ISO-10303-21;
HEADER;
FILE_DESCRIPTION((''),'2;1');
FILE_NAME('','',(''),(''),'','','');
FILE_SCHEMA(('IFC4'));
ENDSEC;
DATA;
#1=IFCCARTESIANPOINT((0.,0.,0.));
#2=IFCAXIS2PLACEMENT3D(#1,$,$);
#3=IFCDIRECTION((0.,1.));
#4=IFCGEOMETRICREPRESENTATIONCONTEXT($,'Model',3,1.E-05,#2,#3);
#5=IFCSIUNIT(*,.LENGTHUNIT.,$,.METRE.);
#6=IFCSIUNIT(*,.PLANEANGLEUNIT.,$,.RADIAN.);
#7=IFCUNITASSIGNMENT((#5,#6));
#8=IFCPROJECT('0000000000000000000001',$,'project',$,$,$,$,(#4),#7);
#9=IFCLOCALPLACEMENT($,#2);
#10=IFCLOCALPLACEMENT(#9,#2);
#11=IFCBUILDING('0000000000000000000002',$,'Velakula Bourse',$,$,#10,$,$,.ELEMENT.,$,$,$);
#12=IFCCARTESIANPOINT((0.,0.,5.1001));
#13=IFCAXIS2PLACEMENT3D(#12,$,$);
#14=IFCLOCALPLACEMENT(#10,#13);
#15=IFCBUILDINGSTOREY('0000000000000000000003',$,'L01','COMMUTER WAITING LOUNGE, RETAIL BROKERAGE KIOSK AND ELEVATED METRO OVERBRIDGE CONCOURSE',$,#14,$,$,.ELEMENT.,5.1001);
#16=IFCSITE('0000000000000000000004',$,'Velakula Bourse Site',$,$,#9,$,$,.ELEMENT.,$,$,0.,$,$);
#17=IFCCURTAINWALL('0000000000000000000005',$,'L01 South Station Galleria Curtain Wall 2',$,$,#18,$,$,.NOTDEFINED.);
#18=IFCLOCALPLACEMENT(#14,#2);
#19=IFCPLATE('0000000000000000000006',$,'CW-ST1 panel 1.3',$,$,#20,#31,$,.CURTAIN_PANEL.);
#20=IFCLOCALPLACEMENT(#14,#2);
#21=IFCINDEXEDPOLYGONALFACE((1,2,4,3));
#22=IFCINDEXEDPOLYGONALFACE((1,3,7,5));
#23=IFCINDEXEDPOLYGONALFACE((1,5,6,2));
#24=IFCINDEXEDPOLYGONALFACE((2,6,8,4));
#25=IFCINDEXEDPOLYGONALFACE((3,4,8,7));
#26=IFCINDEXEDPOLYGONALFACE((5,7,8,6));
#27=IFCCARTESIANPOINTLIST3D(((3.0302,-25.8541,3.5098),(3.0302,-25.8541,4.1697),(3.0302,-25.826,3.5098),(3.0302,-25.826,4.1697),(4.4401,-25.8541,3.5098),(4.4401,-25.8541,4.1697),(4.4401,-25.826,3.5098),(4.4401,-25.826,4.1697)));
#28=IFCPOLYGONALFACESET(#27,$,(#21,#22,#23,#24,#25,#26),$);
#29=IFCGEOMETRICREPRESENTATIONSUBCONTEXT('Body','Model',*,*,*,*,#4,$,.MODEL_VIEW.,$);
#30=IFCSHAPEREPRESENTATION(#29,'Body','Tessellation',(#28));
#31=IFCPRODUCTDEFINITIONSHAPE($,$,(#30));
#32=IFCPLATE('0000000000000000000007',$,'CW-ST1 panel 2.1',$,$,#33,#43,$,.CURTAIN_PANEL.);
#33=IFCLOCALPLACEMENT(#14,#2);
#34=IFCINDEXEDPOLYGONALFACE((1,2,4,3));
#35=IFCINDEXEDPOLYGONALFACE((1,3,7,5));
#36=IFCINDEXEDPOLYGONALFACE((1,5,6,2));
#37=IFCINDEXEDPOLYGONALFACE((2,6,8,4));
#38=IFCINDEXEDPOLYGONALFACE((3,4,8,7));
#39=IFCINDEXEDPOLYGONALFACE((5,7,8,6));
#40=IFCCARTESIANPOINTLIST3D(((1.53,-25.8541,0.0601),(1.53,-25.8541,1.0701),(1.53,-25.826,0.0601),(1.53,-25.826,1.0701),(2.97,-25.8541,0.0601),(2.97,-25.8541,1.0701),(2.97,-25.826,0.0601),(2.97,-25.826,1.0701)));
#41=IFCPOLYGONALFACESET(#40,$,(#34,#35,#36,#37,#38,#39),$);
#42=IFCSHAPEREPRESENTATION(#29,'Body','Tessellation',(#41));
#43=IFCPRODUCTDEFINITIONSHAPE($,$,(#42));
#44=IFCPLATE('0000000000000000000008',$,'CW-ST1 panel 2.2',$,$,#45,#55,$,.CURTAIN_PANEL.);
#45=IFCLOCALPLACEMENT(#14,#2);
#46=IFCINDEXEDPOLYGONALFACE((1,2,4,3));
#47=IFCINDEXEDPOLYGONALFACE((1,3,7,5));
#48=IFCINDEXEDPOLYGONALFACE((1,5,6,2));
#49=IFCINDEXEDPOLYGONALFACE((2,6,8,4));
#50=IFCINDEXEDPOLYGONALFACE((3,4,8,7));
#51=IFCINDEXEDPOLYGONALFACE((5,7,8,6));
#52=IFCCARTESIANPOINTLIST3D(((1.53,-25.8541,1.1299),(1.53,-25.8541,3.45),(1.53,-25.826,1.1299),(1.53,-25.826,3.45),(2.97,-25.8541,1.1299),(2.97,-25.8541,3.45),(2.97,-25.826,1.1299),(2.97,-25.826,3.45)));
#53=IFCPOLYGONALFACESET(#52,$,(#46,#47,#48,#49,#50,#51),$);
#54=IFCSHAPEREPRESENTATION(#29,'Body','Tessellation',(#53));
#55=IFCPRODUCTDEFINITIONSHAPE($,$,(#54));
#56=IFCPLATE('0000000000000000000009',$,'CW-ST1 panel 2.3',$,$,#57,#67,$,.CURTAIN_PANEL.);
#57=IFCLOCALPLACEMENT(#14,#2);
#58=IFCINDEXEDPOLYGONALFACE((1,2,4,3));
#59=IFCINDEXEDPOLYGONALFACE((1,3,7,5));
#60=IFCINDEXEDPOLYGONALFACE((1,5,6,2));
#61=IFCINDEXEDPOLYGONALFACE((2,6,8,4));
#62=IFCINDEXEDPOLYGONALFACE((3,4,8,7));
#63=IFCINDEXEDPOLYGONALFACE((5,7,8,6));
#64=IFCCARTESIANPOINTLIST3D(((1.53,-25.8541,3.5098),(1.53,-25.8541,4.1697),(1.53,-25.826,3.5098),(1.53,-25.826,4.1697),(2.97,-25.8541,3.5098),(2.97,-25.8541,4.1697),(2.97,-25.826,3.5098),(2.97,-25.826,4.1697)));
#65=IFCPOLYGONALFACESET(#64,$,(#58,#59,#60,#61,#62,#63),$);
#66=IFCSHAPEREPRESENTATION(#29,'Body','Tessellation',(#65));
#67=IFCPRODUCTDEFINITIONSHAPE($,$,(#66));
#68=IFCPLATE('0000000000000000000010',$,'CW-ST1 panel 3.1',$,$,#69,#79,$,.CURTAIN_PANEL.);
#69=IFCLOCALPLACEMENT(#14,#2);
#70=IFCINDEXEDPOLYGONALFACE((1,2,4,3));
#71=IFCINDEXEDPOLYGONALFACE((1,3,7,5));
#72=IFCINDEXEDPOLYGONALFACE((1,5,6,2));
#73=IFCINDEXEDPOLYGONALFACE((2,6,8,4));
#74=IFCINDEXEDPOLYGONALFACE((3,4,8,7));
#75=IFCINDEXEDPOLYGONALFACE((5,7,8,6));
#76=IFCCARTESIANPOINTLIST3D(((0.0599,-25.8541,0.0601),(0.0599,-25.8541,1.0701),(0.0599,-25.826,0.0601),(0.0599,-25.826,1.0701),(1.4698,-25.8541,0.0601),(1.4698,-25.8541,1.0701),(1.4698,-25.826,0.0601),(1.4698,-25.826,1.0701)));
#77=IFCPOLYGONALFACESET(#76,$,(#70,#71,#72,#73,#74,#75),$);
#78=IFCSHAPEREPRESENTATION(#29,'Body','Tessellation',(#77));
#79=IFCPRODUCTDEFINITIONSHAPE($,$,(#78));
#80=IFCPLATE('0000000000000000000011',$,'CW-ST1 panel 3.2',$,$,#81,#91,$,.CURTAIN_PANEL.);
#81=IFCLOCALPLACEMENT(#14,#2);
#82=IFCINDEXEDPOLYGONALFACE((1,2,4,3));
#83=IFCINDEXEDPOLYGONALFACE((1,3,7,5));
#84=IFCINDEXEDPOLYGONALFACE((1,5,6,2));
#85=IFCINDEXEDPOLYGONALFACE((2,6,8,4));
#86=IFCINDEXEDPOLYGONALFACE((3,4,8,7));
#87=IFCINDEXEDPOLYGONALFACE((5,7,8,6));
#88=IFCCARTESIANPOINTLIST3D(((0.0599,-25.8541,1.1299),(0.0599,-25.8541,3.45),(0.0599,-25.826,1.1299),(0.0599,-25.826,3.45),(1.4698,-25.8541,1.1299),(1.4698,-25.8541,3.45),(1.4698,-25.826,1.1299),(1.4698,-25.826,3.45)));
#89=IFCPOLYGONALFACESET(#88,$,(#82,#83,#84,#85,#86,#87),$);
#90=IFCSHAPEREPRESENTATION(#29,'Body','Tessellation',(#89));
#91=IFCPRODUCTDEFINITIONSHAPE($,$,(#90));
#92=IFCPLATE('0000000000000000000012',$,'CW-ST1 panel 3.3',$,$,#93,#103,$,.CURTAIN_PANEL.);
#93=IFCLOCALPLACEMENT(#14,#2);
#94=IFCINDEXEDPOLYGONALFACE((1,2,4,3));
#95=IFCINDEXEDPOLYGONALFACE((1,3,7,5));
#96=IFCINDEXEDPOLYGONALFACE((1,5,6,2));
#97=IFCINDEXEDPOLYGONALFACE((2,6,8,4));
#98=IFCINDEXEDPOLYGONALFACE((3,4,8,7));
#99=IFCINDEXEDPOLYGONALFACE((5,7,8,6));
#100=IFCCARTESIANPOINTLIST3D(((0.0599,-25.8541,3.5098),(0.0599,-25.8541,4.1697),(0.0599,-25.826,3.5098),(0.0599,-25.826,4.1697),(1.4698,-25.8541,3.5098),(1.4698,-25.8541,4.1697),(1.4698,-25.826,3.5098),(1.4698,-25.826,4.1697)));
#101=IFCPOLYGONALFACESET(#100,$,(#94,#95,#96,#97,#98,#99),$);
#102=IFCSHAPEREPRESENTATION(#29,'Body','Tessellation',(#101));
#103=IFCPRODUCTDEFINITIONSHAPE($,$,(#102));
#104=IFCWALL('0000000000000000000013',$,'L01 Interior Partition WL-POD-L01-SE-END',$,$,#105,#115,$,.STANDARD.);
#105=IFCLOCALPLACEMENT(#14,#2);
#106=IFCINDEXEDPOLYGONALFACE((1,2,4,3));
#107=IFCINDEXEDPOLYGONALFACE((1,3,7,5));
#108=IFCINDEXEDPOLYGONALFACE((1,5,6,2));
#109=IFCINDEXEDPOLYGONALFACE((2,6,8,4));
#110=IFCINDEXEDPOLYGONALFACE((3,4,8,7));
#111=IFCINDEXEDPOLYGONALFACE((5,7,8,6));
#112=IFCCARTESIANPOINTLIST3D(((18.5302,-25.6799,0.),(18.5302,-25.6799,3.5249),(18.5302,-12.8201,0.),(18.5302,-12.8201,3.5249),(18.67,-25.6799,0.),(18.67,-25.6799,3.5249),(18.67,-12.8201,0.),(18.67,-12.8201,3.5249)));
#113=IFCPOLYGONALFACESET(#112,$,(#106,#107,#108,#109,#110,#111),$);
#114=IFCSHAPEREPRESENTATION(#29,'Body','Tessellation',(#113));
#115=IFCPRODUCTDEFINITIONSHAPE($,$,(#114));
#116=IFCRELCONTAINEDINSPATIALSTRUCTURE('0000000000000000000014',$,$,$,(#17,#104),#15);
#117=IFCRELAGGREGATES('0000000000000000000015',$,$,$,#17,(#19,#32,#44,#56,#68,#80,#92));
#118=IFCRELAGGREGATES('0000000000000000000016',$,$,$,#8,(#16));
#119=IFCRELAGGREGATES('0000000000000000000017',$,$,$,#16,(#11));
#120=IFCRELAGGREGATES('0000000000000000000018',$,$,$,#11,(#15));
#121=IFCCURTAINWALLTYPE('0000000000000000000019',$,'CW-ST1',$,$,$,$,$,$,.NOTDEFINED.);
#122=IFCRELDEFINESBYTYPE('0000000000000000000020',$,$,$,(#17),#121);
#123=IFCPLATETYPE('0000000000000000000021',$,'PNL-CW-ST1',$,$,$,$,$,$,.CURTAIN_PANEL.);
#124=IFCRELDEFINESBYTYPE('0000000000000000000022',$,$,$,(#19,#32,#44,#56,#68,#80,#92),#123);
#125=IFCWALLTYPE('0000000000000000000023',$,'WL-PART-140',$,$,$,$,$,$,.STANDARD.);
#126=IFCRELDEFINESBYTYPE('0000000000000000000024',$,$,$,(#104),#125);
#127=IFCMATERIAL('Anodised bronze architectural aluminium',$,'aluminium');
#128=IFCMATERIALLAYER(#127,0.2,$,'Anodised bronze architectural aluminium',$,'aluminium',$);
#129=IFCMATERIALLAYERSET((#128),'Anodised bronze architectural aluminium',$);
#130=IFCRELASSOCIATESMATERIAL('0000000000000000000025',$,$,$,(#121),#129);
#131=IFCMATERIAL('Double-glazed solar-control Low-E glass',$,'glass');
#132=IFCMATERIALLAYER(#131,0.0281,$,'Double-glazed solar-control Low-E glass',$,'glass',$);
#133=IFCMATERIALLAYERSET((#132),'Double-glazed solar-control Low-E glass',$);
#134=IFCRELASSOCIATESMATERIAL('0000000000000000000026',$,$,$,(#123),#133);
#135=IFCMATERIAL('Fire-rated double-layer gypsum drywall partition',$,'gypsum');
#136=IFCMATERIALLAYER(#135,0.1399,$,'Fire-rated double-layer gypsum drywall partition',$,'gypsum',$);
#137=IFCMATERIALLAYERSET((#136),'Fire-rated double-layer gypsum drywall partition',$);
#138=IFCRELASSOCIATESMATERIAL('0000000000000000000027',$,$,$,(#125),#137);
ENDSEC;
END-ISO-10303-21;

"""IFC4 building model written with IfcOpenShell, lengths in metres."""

from ifc_helpers import new_model, si_unit, direction, frame, frame_2d, origin, origin_2d, place, context, subcontext, project, spatial, rectangle, extrude, material, layer, layer_set, type_object, element, aggregate, save


model = new_model("IFC4")

# Units and contexts
model_context = context("Model", 3, precision=1e-05, world=origin(), true_north=direction((0.0, 1.0)))
body_context = subcontext(model_context, "Body", "Model", "MODEL_VIEW")
ifc_project = project(units=[si_unit("LENGTHUNIT", "METRE"), si_unit("PLANEANGLEUNIT", "RADIAN")], contexts=[model_context])

# Site, building, storey
site_placement = place(None, origin())
site = spatial("IfcSite", under=ifc_project, at=site_placement, Name="Velakula Bourse Site", CompositionType="ELEMENT", RefElevation=0.0)
building_placement = place(site_placement, origin())
building = spatial("IfcBuilding", under=site, at=building_placement, Name="Velakula Bourse", CompositionType="ELEMENT")
storey_placement = place(building_placement, frame((0.0, 0.0, 5.1001)))
storey = spatial("IfcBuildingStorey", under=building, at=storey_placement, Name="L01", Description="COMMUTER WAITING LOUNGE, RETAIL BROKERAGE KIOSK AND ELEVATED METRO OVERBRIDGE CONCOURSE", CompositionType="ELEMENT", Elevation=5.1001)

# Curtain wall, plates
ifc_material_1 = material(Name="Anodised bronze architectural aluminium", Category="aluminium")
ifc_layer_1 = layer(ifc_material_1, 0.2, Name="Anodised bronze architectural aluminium", Category="aluminium")
ifc_layer_set_1 = layer_set([ifc_layer_1], Name="Anodised bronze architectural aluminium")
curtain_wall_type = type_object("IfcCurtainWallType", Name="CW-ST1", PredefinedType="NOTDEFINED", material=ifc_layer_set_1)
curtain_wall_placement = place(storey_placement, origin())
curtain_wall = element("IfcCurtainWall", 1, at=curtain_wall_placement, inside=storey, type_object=curtain_wall_type, Name="L01 South Station Galleria Curtain Wall 2", PredefinedType="NOTDEFINED")
ifc_material_2 = material(Name="Double-glazed solar-control Low-E glass", Category="glass")
ifc_layer_2 = layer(ifc_material_2, 0.0281, Name="Double-glazed solar-control Low-E glass", Category="glass")
ifc_layer_set_2 = layer_set([ifc_layer_2], Name="Double-glazed solar-control Low-E glass")
plate_type = type_object("IfcPlateType", Name="PNL-CW-ST1", PredefinedType="CURTAIN_PANEL", material=ifc_layer_set_2)
plate_1_placement = place(storey_placement, frame((3.7351, -25.8401, 3.5098), z_axis=(0.0, 0.0, 1.0), x_axis=(-1.0, 0.0, 0.0)))
plate_1 = element("IfcPlate", 2, at=plate_1_placement, type_object=plate_type, Name="CW-ST1 panel 1.3", PredefinedType="CURTAIN_PANEL", context=body_context, shape_type="SweptSolid", body=[
    extrude(rectangle(XDim=1.4099, YDim=0.0281, at=origin_2d()), origin(), (0.0, 0.0, 1.0), 0.6599),
])
plate_2_placement = place(storey_placement, frame((2.25, -25.8401, 0.0601), z_axis=(0.0, 0.0, 1.0), x_axis=(-1.0, 0.0, 0.0)))
plate_2 = element("IfcPlate", 3, at=plate_2_placement, type_object=plate_type, Name="CW-ST1 panel 2.1", PredefinedType="CURTAIN_PANEL", context=body_context, shape_type="SweptSolid", body=[
    extrude(rectangle(XDim=1.4399, YDim=0.0281, at=origin_2d()), origin(), (0.0, 0.0, 1.0), 1.01),
])
plate_3_placement = place(storey_placement, frame((2.25, -25.8401, 1.1299), z_axis=(0.0, 0.0, 1.0), x_axis=(-1.0, 0.0, 0.0)))
plate_3 = element("IfcPlate", 4, at=plate_3_placement, type_object=plate_type, Name="CW-ST1 panel 2.2", PredefinedType="CURTAIN_PANEL", context=body_context, shape_type="SweptSolid", body=[
    extrude(rectangle(XDim=1.4399, YDim=0.0281, at=origin_2d()), origin(), (0.0, 0.0, 1.0), 2.3201),
])
plate_4_placement = place(storey_placement, frame((2.25, -25.8401, 3.5098), z_axis=(0.0, 0.0, 1.0), x_axis=(-1.0, 0.0, 0.0)))
plate_4 = element("IfcPlate", 5, at=plate_4_placement, type_object=plate_type, Name="CW-ST1 panel 2.3", PredefinedType="CURTAIN_PANEL", context=body_context, shape_type="SweptSolid", body=[
    extrude(rectangle(XDim=1.4399, YDim=0.0281, at=origin_2d()), origin(), (0.0, 0.0, 1.0), 0.6599),
])
plate_5_placement = place(storey_placement, frame((0.7649, -25.8401, 0.0601), z_axis=(0.0, 0.0, 1.0), x_axis=(-1.0, 0.0, 0.0)))
plate_5 = element("IfcPlate", 6, at=plate_5_placement, type_object=plate_type, Name="CW-ST1 panel 3.1", PredefinedType="CURTAIN_PANEL", context=body_context, shape_type="SweptSolid", body=[
    extrude(rectangle(XDim=1.4099, YDim=0.0281, at=origin_2d()), origin(), (0.0, 0.0, 1.0), 1.01),
])
plate_6_placement = place(storey_placement, frame((0.7649, -25.8401, 1.1299), z_axis=(0.0, 0.0, 1.0), x_axis=(-1.0, 0.0, 0.0)))
plate_6 = element("IfcPlate", 7, at=plate_6_placement, type_object=plate_type, Name="CW-ST1 panel 3.2", PredefinedType="CURTAIN_PANEL", context=body_context, shape_type="SweptSolid", body=[
    extrude(rectangle(XDim=1.4099, YDim=0.0281, at=origin_2d()), origin(), (0.0, 0.0, 1.0), 2.3201),
])
plate_7_placement = place(storey_placement, frame((0.7649, -25.8401, 3.5098), z_axis=(0.0, 0.0, 1.0), x_axis=(-1.0, 0.0, 0.0)))
plate_7 = element("IfcPlate", 8, at=plate_7_placement, type_object=plate_type, Name="CW-ST1 panel 3.3", PredefinedType="CURTAIN_PANEL", context=body_context, shape_type="SweptSolid", body=[
    extrude(rectangle(XDim=1.4099, YDim=0.0281, at=origin_2d()), origin(), (0.0, 0.0, 1.0), 0.6599),
])
aggregate(curtain_wall, [plate_1, plate_2, plate_3, plate_4, plate_5, plate_6, plate_7])

# Wall
ifc_material_3 = material(Name="Fire-rated double-layer gypsum drywall partition", Category="gypsum")
ifc_layer_3 = layer(ifc_material_3, 0.1399, Name="Fire-rated double-layer gypsum drywall partition", Category="gypsum")
ifc_layer_set_3 = layer_set([ifc_layer_3], Name="Fire-rated double-layer gypsum drywall partition")
wall_type = type_object("IfcWallType", Name="WL-PART-140", PredefinedType="STANDARD", material=ifc_layer_set_3)
wall_placement = place(storey_placement, frame((18.6001, -25.6799, 0.0), z_axis=(0.0, 0.0, 1.0), x_axis=(0.0, 1.0, 0.0)))
element("IfcWall", 9, at=wall_placement, inside=storey, type_object=wall_type, Name="L01 Interior Partition WL-POD-L01-SE-END", PredefinedType="STANDARD", context=body_context, shape_type="SweptSolid", body=[
    extrude(rectangle(XDim=12.8599, YDim=0.1399, at=frame_2d((6.4299, 0.0))), origin(), (0.0, 0.0, 1.0), 3.5249),
])

save(model, "model.ifc")
